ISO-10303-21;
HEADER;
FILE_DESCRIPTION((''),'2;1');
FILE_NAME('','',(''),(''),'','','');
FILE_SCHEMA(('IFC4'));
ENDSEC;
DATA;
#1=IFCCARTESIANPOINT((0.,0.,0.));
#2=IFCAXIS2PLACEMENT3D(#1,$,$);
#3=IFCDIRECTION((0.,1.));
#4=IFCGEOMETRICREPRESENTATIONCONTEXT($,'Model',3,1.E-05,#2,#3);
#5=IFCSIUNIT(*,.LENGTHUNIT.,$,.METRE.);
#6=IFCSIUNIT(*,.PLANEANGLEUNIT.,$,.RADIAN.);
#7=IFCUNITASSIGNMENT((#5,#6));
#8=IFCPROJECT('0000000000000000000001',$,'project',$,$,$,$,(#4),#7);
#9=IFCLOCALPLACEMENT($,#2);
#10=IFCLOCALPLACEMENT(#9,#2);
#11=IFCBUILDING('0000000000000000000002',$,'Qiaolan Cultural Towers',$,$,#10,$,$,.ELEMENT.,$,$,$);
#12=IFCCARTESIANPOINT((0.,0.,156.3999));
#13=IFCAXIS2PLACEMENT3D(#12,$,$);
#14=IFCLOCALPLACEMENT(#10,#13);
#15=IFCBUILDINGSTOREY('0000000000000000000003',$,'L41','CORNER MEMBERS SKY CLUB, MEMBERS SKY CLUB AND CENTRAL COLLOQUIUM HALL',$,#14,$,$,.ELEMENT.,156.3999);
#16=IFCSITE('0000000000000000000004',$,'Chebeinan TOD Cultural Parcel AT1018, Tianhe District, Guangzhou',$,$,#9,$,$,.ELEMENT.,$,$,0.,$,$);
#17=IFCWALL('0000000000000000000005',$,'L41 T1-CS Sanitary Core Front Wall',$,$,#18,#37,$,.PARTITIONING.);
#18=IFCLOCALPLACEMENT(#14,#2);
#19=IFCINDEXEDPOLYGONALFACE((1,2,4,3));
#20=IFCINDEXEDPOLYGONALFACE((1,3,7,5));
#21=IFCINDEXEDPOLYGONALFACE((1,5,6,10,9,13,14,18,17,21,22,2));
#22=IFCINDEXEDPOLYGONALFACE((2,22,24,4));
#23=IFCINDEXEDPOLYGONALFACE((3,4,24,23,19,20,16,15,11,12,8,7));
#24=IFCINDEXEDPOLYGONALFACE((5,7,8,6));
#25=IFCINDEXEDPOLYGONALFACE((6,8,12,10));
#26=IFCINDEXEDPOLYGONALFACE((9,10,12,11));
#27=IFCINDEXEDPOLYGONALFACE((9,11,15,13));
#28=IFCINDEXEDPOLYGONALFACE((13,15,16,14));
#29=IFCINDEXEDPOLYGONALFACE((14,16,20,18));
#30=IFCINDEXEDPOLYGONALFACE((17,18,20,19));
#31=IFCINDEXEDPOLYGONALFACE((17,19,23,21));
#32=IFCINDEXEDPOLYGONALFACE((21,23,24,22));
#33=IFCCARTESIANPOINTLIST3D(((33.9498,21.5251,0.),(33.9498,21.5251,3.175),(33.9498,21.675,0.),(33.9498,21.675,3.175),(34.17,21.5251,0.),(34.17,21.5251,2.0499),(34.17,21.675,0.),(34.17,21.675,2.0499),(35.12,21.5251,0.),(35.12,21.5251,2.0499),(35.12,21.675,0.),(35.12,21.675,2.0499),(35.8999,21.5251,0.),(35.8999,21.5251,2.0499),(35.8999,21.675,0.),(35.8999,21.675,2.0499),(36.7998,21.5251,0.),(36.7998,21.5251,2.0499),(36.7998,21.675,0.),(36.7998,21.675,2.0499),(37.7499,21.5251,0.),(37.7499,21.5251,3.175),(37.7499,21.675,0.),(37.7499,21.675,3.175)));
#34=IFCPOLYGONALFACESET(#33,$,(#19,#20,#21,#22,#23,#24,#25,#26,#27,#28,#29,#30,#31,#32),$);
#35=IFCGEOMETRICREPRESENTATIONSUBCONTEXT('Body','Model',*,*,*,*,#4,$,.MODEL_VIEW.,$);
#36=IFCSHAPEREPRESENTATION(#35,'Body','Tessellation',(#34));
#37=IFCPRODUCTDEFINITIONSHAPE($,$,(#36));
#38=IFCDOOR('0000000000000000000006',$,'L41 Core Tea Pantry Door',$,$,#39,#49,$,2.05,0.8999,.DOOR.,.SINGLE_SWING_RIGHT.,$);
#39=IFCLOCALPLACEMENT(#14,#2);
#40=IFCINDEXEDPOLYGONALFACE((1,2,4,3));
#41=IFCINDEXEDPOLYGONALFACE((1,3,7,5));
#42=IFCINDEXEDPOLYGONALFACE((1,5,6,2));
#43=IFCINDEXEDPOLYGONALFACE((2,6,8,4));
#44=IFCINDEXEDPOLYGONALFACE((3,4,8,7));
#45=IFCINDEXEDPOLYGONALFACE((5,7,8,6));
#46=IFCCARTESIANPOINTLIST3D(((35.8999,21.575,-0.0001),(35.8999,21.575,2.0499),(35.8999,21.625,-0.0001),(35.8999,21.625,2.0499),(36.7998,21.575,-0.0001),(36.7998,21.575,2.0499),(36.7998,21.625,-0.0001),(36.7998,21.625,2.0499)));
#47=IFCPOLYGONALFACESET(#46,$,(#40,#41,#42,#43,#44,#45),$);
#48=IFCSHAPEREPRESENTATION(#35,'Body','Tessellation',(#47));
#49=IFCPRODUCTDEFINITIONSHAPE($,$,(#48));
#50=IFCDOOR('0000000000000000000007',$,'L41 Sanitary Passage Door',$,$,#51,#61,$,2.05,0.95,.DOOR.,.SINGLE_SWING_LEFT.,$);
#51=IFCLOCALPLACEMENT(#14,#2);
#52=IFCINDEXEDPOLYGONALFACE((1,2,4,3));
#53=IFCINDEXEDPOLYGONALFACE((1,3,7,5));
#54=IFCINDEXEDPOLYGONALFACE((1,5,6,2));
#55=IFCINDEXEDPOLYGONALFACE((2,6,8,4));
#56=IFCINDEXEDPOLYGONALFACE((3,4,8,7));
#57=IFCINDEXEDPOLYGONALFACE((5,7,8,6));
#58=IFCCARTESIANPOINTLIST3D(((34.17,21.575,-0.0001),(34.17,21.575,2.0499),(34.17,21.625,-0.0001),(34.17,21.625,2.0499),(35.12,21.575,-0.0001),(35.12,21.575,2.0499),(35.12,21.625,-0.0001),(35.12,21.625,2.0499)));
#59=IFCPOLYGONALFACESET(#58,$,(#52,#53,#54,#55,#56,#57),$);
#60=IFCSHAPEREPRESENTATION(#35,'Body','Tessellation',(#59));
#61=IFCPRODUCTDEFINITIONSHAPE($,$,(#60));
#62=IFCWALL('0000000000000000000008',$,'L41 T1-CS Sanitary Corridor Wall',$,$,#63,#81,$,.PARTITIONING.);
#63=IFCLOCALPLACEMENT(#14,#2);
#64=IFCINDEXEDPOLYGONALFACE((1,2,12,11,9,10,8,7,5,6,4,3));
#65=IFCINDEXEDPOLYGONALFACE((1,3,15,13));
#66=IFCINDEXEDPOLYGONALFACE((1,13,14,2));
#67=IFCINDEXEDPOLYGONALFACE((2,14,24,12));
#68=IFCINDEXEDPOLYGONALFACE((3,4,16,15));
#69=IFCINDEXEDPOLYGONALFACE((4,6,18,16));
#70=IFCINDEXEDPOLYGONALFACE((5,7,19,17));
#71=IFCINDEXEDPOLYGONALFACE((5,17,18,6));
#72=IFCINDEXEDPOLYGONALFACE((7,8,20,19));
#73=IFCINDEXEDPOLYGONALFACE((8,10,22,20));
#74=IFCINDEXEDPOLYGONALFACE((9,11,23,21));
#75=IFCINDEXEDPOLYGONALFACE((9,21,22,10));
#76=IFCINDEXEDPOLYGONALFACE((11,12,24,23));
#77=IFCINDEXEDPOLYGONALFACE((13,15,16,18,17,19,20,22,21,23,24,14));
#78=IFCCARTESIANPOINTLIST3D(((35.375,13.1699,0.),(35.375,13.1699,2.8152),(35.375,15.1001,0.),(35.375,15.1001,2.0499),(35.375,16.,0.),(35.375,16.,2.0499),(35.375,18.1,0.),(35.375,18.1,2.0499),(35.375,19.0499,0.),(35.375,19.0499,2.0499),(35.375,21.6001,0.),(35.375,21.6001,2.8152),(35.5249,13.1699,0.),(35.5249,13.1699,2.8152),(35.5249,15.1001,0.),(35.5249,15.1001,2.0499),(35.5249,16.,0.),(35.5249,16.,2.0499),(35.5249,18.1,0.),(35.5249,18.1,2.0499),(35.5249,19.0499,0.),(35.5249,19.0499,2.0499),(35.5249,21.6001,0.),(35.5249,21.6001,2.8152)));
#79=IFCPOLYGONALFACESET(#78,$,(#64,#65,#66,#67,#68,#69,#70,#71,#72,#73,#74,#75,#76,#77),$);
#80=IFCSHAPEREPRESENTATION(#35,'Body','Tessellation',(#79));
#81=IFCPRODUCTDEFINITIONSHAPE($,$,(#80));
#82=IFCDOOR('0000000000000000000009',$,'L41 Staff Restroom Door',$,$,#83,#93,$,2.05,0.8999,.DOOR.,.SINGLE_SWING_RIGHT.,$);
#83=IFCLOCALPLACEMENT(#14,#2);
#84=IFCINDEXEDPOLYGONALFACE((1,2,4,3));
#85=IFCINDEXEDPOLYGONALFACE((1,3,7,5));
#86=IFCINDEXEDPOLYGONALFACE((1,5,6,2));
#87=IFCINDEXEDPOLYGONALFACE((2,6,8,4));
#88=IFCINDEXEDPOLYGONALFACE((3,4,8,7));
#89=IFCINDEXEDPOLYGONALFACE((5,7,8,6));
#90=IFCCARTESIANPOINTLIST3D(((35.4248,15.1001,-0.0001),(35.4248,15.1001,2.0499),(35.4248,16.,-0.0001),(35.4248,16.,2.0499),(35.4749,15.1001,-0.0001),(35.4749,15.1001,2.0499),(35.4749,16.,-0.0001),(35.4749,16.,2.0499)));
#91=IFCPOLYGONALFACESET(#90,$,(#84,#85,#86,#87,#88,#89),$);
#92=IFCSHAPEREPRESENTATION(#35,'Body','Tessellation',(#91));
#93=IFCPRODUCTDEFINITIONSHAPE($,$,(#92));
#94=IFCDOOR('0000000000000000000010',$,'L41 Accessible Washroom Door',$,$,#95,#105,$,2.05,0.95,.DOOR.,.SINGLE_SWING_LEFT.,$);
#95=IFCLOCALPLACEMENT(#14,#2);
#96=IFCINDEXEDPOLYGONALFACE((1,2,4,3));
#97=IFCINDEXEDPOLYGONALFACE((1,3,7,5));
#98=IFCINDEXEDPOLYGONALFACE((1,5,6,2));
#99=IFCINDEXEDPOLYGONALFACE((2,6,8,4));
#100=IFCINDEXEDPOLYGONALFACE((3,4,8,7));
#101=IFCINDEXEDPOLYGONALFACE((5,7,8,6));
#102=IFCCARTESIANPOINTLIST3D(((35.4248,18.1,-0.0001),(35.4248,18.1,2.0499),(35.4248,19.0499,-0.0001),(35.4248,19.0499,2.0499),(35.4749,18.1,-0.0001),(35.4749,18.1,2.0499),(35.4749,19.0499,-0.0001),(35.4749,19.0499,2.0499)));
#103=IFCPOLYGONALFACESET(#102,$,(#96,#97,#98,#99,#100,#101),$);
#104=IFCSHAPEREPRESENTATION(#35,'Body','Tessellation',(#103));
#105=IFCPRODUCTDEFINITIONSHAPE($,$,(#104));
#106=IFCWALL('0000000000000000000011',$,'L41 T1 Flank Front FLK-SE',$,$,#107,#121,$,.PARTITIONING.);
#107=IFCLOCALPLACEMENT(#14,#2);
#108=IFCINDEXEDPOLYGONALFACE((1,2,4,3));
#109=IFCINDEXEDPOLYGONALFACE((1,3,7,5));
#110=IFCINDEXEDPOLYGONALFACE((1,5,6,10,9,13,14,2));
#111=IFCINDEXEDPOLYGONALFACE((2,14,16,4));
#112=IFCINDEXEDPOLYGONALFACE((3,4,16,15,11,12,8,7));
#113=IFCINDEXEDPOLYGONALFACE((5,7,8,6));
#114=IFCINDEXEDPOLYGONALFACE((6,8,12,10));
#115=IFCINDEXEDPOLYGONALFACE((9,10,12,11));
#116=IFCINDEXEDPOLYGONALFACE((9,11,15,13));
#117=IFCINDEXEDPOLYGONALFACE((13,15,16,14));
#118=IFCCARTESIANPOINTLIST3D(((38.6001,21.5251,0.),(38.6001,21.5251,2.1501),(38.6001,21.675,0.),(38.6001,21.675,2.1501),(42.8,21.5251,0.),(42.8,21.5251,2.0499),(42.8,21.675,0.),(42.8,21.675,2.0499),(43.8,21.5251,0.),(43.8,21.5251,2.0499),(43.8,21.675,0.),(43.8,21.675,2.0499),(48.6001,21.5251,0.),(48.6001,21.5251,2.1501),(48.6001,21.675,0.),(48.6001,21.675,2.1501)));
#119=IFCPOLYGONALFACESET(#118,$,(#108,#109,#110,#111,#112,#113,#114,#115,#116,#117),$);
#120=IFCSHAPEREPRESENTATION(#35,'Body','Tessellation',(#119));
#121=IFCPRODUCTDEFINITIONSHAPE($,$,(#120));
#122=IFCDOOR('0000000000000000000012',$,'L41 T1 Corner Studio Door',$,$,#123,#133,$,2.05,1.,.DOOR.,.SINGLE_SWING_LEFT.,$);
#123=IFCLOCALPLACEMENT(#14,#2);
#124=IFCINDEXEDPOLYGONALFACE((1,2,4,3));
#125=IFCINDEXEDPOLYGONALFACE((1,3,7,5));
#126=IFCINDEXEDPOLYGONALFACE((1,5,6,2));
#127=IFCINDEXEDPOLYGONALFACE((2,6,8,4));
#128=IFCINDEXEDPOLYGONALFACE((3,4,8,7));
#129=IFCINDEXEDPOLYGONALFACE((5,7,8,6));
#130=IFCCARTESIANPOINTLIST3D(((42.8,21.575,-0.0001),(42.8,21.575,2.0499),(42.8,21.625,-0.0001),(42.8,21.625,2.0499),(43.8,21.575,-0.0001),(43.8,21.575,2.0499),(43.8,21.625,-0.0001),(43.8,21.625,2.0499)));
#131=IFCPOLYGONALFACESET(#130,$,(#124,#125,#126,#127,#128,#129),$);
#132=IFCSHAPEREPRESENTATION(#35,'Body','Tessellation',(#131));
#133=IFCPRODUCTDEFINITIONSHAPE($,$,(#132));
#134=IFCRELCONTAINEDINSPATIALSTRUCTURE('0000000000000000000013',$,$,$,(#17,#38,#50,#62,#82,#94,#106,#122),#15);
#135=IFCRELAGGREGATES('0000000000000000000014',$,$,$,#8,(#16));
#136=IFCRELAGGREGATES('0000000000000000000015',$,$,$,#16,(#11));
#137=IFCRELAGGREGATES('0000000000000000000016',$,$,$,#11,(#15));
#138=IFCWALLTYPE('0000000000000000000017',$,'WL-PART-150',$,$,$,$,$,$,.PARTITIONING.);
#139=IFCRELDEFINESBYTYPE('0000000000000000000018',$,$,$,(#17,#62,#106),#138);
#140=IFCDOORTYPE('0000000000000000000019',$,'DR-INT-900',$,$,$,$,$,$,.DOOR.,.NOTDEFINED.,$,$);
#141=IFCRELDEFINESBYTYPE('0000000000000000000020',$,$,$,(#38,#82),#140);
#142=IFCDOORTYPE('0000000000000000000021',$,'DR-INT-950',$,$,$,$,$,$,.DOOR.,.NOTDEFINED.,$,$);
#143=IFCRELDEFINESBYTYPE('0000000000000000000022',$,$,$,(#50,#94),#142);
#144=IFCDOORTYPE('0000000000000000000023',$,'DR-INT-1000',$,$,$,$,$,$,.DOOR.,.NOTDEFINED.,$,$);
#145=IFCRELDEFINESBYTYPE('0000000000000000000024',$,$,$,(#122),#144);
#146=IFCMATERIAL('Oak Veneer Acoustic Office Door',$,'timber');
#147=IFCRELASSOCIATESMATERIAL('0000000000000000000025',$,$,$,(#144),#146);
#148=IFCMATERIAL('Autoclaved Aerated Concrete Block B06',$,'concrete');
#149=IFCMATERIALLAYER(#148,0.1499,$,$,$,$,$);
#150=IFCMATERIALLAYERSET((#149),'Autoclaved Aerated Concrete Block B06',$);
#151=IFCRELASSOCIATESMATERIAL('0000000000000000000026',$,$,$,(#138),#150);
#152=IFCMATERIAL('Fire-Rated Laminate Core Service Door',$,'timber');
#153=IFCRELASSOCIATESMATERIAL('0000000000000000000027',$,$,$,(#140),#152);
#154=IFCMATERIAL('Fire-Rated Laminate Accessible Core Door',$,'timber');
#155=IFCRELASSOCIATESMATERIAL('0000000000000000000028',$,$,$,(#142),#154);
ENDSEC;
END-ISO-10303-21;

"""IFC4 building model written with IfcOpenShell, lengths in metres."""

from ifc_helpers import new_model, si_unit, direction, frame, frame_2d, origin, place, context, subcontext, project, spatial, rectangle, extrude, material, layer, layer_set, type_object, element, fill, save


model = new_model("IFC4")

# Units and contexts
model_context = context("Model", 3, precision=1e-05, world=origin(), true_north=direction((0.0, 1.0)))
body_context = subcontext(model_context, "Body", "Model", "MODEL_VIEW")
ifc_project = project(units=[si_unit("LENGTHUNIT", "METRE"), si_unit("PLANEANGLEUNIT", "RADIAN")], contexts=[model_context])

# Site, building, storey
site_placement = place(None, origin())
site = spatial("IfcSite", under=ifc_project, at=site_placement, Name="Chebeinan TOD Cultural Parcel AT1018, Tianhe District, Guangzhou", CompositionType="ELEMENT", RefElevation=0.0)
building_placement = place(site_placement, origin())
building = spatial("IfcBuilding", under=site, at=building_placement, Name="Qiaolan Cultural Towers", CompositionType="ELEMENT")
storey_placement = place(building_placement, frame((0.0, 0.0, 156.3999)))
storey = spatial("IfcBuildingStorey", under=building, at=storey_placement, Name="L41", Description="CORNER MEMBERS SKY CLUB, MEMBERS SKY CLUB AND CENTRAL COLLOQUIUM HALL", CompositionType="ELEMENT", Elevation=156.3999)

# Shared definitions
ifc_material_1 = material(Name="Oak Veneer Acoustic Office Door", Category="timber")
door_type_1 = type_object("IfcDoorType", Name="DR-INT-1000", OperationType="NOTDEFINED", PredefinedType="DOOR", material=ifc_material_1)

# Shared definitions
ifc_material_2 = material(Name="Autoclaved Aerated Concrete Block B06", Category="concrete")
ifc_layer_1 = layer(ifc_material_2, 0.1499)
ifc_layer_set_1 = layer_set([ifc_layer_1], Name="Autoclaved Aerated Concrete Block B06")
wall_type_1 = type_object("IfcWallType", Name="WL-PART-150", PredefinedType="PARTITIONING", material=ifc_layer_set_1)

# Walls, openings, doors
wall_1_placement = place(storey_placement, frame((33.95, 21.6001, 0.0), z_axis=(0.0, 0.0, 1.0), x_axis=(1.0, 0.0, 0.0)))
wall_1 = element("IfcWall", 1, at=wall_1_placement, inside=storey, type_object=wall_type_1, Name="L41 T1-CS Sanitary Core Front Wall", PredefinedType="PARTITIONING", context=body_context, shape_type="SweptSolid", body=[
    extrude(rectangle(XDim=3.8, YDim=0.1499, at=frame_2d((1.8999, 0.0))), origin(), (0.0, 0.0, 1.0), 3.175),
])
opening_1_placement = place(wall_1_placement, frame((0.22, 0.0, 0.0)))
opening_1 = element("IfcOpeningElement", 2, at=opening_1_placement, cuts=wall_1, PredefinedType="OPENING", context=body_context, shape_type="SweptSolid", body=[
    extrude(rectangle(XDim=0.95, YDim=2.05, at=frame_2d((0.4751, 1.0249))), frame((0.0, 0.085, 0.0), z_axis=(0.0, -1.0, 0.0), x_axis=(1.0, 0.0, 0.0)), (0.0, 0.0, 1.0), 0.1699),
])
opening_2_placement = place(wall_1_placement, frame((1.95, 0.0, 0.0)))
opening_2 = element("IfcOpeningElement", 3, at=opening_2_placement, cuts=wall_1, PredefinedType="OPENING", context=body_context, shape_type="SweptSolid", body=[
    extrude(rectangle(XDim=0.8999, YDim=2.05, at=frame_2d((0.45, 1.0249))), frame((0.0, 0.085, 0.0), z_axis=(0.0, -1.0, 0.0), x_axis=(1.0, 0.0, 0.0)), (0.0, 0.0, 1.0), 0.1699),
])
ifc_material_3 = material(Name="Fire-Rated Laminate Core Service Door", Category="timber")
door_type_2 = type_object("IfcDoorType", Name="DR-INT-900", OperationType="NOTDEFINED", PredefinedType="DOOR", material=ifc_material_3)
door_1_placement = place(opening_2_placement, origin())
door_1 = element("IfcDoor", 4, at=door_1_placement, inside=storey, type_object=door_type_2, Name="L41 Core Tea Pantry Door", OperationType="SINGLE_SWING_RIGHT", OverallHeight=2.05, OverallWidth=0.8999, PredefinedType="DOOR", context=body_context, shape_type="SweptSolid", body=[
    extrude(rectangle(XDim=0.8999, YDim=2.05, at=frame_2d((0.45, 1.0249))), frame((0.0, 0.0249, 0.0), z_axis=(0.0, -1.0, 0.0), x_axis=(1.0, 0.0, 0.0)), (0.0, 0.0, 1.0), 0.05),
])
fill(opening_2, door_1)
ifc_material_4 = material(Name="Fire-Rated Laminate Accessible Core Door", Category="timber")
door_type_3 = type_object("IfcDoorType", Name="DR-INT-950", OperationType="NOTDEFINED", PredefinedType="DOOR", material=ifc_material_4)
door_2_placement = place(opening_1_placement, origin())
door_2 = element("IfcDoor", 5, at=door_2_placement, inside=storey, type_object=door_type_3, Name="L41 Sanitary Passage Door", OperationType="SINGLE_SWING_LEFT", OverallHeight=2.05, OverallWidth=0.95, PredefinedType="DOOR", context=body_context, shape_type="SweptSolid", body=[
    extrude(rectangle(XDim=0.95, YDim=2.05, at=frame_2d((0.4751, 1.0249))), frame((0.0, 0.0249, 0.0), z_axis=(0.0, -1.0, 0.0), x_axis=(1.0, 0.0, 0.0)), (0.0, 0.0, 1.0), 0.05),
])
fill(opening_1, door_2)
wall_2_placement = place(storey_placement, frame((35.45, 21.6001, 0.0), z_axis=(0.0, 0.0, 1.0), x_axis=(0.0, -1.0, 0.0)))
wall_2 = element("IfcWall", 6, at=wall_2_placement, inside=storey, type_object=wall_type_1, Name="L41 T1-CS Sanitary Corridor Wall", PredefinedType="PARTITIONING", context=body_context, shape_type="SweptSolid", body=[
    extrude(rectangle(XDim=8.4302, YDim=0.1499, at=frame_2d((4.2151, 0.0))), origin(), (0.0, 0.0, 1.0), 2.8152),
])
opening_3_placement = place(wall_2_placement, frame((2.55, 0.0, 0.0)))
opening_3 = element("IfcOpeningElement", 7, at=opening_3_placement, cuts=wall_2, PredefinedType="OPENING", context=body_context, shape_type="SweptSolid", body=[
    extrude(rectangle(XDim=0.95, YDim=2.05, at=frame_2d((0.4751, 1.0249))), frame((0.0, 0.085, 0.0), z_axis=(0.0, -1.0, 0.0), x_axis=(1.0, 0.0, 0.0)), (0.0, 0.0, 1.0), 0.1699),
])
opening_4_placement = place(wall_2_placement, frame((5.6001, 0.0, 0.0)))
opening_4 = element("IfcOpeningElement", 8, at=opening_4_placement, cuts=wall_2, PredefinedType="OPENING", context=body_context, shape_type="SweptSolid", body=[
    extrude(rectangle(XDim=0.8999, YDim=2.05, at=frame_2d((0.45, 1.0249))), frame((0.0, 0.085, 0.0), z_axis=(0.0, -1.0, 0.0), x_axis=(1.0, 0.0, 0.0)), (0.0, 0.0, 1.0), 0.1699),
])
door_3_placement = place(opening_4_placement, origin())
door_3 = element("IfcDoor", 9, at=door_3_placement, inside=storey, type_object=door_type_2, Name="L41 Staff Restroom Door", OperationType="SINGLE_SWING_RIGHT", OverallHeight=2.05, OverallWidth=0.8999, PredefinedType="DOOR", context=body_context, shape_type="SweptSolid", body=[
    extrude(rectangle(XDim=0.8999, YDim=2.05, at=frame_2d((0.45, 1.0249))), frame((0.0, 0.0249, 0.0), z_axis=(0.0, -1.0, 0.0), x_axis=(1.0, 0.0, 0.0)), (0.0, 0.0, 1.0), 0.05),
])
fill(opening_4, door_3)
door_4_placement = place(opening_3_placement, origin())
door_4 = element("IfcDoor", 10, at=door_4_placement, inside=storey, type_object=door_type_3, Name="L41 Accessible Washroom Door", OperationType="SINGLE_SWING_LEFT", OverallHeight=2.05, OverallWidth=0.95, PredefinedType="DOOR", context=body_context, shape_type="SweptSolid", body=[
    extrude(rectangle(XDim=0.95, YDim=2.05, at=frame_2d((0.4751, 1.0249))), frame((0.0, 0.0249, 0.0), z_axis=(0.0, -1.0, 0.0), x_axis=(1.0, 0.0, 0.0)), (0.0, 0.0, 1.0), 0.05),
])
fill(opening_3, door_4)

# Wall, opening, door
wall_3_placement = place(storey_placement, frame((38.6001, 21.6001, 0.0), z_axis=(0.0, 0.0, 1.0), x_axis=(1.0, 0.0, 0.0)))
wall_3 = element("IfcWall", 11, at=wall_3_placement, inside=storey, type_object=wall_type_1, Name="L41 T1 Flank Front FLK-SE", PredefinedType="PARTITIONING", context=body_context, shape_type="SweptSolid", body=[
    extrude(rectangle(XDim=10.0, YDim=0.1499, at=frame_2d((5.0, 0.0))), origin(), (0.0, 0.0, 1.0), 2.1501),
])
opening_5_placement = place(wall_3_placement, frame((4.2, 0.0, 0.0)))
opening_5 = element("IfcOpeningElement", 12, at=opening_5_placement, cuts=wall_3, PredefinedType="OPENING", context=body_context, shape_type="SweptSolid", body=[
    extrude(rectangle(XDim=1.0, YDim=2.05, at=frame_2d((0.5, 1.0249))), frame((0.0, 0.085, 0.0), z_axis=(0.0, -1.0, 0.0), x_axis=(1.0, 0.0, 0.0)), (0.0, 0.0, 1.0), 0.1699),
])
door_5_placement = place(opening_5_placement, origin())
door_5 = element("IfcDoor", 13, at=door_5_placement, inside=storey, type_object=door_type_1, Name="L41 T1 Corner Studio Door", OperationType="SINGLE_SWING_LEFT", OverallHeight=2.05, OverallWidth=1.0, PredefinedType="DOOR", context=body_context, shape_type="SweptSolid", body=[
    extrude(rectangle(XDim=1.0, YDim=2.05, at=frame_2d((0.5, 1.0249))), frame((0.0, 0.0249, 0.0), z_axis=(0.0, -1.0, 0.0), x_axis=(1.0, 0.0, 0.0)), (0.0, 0.0, 1.0), 0.05),
])
fill(opening_5, door_5)

save(model, "model.ifc")
